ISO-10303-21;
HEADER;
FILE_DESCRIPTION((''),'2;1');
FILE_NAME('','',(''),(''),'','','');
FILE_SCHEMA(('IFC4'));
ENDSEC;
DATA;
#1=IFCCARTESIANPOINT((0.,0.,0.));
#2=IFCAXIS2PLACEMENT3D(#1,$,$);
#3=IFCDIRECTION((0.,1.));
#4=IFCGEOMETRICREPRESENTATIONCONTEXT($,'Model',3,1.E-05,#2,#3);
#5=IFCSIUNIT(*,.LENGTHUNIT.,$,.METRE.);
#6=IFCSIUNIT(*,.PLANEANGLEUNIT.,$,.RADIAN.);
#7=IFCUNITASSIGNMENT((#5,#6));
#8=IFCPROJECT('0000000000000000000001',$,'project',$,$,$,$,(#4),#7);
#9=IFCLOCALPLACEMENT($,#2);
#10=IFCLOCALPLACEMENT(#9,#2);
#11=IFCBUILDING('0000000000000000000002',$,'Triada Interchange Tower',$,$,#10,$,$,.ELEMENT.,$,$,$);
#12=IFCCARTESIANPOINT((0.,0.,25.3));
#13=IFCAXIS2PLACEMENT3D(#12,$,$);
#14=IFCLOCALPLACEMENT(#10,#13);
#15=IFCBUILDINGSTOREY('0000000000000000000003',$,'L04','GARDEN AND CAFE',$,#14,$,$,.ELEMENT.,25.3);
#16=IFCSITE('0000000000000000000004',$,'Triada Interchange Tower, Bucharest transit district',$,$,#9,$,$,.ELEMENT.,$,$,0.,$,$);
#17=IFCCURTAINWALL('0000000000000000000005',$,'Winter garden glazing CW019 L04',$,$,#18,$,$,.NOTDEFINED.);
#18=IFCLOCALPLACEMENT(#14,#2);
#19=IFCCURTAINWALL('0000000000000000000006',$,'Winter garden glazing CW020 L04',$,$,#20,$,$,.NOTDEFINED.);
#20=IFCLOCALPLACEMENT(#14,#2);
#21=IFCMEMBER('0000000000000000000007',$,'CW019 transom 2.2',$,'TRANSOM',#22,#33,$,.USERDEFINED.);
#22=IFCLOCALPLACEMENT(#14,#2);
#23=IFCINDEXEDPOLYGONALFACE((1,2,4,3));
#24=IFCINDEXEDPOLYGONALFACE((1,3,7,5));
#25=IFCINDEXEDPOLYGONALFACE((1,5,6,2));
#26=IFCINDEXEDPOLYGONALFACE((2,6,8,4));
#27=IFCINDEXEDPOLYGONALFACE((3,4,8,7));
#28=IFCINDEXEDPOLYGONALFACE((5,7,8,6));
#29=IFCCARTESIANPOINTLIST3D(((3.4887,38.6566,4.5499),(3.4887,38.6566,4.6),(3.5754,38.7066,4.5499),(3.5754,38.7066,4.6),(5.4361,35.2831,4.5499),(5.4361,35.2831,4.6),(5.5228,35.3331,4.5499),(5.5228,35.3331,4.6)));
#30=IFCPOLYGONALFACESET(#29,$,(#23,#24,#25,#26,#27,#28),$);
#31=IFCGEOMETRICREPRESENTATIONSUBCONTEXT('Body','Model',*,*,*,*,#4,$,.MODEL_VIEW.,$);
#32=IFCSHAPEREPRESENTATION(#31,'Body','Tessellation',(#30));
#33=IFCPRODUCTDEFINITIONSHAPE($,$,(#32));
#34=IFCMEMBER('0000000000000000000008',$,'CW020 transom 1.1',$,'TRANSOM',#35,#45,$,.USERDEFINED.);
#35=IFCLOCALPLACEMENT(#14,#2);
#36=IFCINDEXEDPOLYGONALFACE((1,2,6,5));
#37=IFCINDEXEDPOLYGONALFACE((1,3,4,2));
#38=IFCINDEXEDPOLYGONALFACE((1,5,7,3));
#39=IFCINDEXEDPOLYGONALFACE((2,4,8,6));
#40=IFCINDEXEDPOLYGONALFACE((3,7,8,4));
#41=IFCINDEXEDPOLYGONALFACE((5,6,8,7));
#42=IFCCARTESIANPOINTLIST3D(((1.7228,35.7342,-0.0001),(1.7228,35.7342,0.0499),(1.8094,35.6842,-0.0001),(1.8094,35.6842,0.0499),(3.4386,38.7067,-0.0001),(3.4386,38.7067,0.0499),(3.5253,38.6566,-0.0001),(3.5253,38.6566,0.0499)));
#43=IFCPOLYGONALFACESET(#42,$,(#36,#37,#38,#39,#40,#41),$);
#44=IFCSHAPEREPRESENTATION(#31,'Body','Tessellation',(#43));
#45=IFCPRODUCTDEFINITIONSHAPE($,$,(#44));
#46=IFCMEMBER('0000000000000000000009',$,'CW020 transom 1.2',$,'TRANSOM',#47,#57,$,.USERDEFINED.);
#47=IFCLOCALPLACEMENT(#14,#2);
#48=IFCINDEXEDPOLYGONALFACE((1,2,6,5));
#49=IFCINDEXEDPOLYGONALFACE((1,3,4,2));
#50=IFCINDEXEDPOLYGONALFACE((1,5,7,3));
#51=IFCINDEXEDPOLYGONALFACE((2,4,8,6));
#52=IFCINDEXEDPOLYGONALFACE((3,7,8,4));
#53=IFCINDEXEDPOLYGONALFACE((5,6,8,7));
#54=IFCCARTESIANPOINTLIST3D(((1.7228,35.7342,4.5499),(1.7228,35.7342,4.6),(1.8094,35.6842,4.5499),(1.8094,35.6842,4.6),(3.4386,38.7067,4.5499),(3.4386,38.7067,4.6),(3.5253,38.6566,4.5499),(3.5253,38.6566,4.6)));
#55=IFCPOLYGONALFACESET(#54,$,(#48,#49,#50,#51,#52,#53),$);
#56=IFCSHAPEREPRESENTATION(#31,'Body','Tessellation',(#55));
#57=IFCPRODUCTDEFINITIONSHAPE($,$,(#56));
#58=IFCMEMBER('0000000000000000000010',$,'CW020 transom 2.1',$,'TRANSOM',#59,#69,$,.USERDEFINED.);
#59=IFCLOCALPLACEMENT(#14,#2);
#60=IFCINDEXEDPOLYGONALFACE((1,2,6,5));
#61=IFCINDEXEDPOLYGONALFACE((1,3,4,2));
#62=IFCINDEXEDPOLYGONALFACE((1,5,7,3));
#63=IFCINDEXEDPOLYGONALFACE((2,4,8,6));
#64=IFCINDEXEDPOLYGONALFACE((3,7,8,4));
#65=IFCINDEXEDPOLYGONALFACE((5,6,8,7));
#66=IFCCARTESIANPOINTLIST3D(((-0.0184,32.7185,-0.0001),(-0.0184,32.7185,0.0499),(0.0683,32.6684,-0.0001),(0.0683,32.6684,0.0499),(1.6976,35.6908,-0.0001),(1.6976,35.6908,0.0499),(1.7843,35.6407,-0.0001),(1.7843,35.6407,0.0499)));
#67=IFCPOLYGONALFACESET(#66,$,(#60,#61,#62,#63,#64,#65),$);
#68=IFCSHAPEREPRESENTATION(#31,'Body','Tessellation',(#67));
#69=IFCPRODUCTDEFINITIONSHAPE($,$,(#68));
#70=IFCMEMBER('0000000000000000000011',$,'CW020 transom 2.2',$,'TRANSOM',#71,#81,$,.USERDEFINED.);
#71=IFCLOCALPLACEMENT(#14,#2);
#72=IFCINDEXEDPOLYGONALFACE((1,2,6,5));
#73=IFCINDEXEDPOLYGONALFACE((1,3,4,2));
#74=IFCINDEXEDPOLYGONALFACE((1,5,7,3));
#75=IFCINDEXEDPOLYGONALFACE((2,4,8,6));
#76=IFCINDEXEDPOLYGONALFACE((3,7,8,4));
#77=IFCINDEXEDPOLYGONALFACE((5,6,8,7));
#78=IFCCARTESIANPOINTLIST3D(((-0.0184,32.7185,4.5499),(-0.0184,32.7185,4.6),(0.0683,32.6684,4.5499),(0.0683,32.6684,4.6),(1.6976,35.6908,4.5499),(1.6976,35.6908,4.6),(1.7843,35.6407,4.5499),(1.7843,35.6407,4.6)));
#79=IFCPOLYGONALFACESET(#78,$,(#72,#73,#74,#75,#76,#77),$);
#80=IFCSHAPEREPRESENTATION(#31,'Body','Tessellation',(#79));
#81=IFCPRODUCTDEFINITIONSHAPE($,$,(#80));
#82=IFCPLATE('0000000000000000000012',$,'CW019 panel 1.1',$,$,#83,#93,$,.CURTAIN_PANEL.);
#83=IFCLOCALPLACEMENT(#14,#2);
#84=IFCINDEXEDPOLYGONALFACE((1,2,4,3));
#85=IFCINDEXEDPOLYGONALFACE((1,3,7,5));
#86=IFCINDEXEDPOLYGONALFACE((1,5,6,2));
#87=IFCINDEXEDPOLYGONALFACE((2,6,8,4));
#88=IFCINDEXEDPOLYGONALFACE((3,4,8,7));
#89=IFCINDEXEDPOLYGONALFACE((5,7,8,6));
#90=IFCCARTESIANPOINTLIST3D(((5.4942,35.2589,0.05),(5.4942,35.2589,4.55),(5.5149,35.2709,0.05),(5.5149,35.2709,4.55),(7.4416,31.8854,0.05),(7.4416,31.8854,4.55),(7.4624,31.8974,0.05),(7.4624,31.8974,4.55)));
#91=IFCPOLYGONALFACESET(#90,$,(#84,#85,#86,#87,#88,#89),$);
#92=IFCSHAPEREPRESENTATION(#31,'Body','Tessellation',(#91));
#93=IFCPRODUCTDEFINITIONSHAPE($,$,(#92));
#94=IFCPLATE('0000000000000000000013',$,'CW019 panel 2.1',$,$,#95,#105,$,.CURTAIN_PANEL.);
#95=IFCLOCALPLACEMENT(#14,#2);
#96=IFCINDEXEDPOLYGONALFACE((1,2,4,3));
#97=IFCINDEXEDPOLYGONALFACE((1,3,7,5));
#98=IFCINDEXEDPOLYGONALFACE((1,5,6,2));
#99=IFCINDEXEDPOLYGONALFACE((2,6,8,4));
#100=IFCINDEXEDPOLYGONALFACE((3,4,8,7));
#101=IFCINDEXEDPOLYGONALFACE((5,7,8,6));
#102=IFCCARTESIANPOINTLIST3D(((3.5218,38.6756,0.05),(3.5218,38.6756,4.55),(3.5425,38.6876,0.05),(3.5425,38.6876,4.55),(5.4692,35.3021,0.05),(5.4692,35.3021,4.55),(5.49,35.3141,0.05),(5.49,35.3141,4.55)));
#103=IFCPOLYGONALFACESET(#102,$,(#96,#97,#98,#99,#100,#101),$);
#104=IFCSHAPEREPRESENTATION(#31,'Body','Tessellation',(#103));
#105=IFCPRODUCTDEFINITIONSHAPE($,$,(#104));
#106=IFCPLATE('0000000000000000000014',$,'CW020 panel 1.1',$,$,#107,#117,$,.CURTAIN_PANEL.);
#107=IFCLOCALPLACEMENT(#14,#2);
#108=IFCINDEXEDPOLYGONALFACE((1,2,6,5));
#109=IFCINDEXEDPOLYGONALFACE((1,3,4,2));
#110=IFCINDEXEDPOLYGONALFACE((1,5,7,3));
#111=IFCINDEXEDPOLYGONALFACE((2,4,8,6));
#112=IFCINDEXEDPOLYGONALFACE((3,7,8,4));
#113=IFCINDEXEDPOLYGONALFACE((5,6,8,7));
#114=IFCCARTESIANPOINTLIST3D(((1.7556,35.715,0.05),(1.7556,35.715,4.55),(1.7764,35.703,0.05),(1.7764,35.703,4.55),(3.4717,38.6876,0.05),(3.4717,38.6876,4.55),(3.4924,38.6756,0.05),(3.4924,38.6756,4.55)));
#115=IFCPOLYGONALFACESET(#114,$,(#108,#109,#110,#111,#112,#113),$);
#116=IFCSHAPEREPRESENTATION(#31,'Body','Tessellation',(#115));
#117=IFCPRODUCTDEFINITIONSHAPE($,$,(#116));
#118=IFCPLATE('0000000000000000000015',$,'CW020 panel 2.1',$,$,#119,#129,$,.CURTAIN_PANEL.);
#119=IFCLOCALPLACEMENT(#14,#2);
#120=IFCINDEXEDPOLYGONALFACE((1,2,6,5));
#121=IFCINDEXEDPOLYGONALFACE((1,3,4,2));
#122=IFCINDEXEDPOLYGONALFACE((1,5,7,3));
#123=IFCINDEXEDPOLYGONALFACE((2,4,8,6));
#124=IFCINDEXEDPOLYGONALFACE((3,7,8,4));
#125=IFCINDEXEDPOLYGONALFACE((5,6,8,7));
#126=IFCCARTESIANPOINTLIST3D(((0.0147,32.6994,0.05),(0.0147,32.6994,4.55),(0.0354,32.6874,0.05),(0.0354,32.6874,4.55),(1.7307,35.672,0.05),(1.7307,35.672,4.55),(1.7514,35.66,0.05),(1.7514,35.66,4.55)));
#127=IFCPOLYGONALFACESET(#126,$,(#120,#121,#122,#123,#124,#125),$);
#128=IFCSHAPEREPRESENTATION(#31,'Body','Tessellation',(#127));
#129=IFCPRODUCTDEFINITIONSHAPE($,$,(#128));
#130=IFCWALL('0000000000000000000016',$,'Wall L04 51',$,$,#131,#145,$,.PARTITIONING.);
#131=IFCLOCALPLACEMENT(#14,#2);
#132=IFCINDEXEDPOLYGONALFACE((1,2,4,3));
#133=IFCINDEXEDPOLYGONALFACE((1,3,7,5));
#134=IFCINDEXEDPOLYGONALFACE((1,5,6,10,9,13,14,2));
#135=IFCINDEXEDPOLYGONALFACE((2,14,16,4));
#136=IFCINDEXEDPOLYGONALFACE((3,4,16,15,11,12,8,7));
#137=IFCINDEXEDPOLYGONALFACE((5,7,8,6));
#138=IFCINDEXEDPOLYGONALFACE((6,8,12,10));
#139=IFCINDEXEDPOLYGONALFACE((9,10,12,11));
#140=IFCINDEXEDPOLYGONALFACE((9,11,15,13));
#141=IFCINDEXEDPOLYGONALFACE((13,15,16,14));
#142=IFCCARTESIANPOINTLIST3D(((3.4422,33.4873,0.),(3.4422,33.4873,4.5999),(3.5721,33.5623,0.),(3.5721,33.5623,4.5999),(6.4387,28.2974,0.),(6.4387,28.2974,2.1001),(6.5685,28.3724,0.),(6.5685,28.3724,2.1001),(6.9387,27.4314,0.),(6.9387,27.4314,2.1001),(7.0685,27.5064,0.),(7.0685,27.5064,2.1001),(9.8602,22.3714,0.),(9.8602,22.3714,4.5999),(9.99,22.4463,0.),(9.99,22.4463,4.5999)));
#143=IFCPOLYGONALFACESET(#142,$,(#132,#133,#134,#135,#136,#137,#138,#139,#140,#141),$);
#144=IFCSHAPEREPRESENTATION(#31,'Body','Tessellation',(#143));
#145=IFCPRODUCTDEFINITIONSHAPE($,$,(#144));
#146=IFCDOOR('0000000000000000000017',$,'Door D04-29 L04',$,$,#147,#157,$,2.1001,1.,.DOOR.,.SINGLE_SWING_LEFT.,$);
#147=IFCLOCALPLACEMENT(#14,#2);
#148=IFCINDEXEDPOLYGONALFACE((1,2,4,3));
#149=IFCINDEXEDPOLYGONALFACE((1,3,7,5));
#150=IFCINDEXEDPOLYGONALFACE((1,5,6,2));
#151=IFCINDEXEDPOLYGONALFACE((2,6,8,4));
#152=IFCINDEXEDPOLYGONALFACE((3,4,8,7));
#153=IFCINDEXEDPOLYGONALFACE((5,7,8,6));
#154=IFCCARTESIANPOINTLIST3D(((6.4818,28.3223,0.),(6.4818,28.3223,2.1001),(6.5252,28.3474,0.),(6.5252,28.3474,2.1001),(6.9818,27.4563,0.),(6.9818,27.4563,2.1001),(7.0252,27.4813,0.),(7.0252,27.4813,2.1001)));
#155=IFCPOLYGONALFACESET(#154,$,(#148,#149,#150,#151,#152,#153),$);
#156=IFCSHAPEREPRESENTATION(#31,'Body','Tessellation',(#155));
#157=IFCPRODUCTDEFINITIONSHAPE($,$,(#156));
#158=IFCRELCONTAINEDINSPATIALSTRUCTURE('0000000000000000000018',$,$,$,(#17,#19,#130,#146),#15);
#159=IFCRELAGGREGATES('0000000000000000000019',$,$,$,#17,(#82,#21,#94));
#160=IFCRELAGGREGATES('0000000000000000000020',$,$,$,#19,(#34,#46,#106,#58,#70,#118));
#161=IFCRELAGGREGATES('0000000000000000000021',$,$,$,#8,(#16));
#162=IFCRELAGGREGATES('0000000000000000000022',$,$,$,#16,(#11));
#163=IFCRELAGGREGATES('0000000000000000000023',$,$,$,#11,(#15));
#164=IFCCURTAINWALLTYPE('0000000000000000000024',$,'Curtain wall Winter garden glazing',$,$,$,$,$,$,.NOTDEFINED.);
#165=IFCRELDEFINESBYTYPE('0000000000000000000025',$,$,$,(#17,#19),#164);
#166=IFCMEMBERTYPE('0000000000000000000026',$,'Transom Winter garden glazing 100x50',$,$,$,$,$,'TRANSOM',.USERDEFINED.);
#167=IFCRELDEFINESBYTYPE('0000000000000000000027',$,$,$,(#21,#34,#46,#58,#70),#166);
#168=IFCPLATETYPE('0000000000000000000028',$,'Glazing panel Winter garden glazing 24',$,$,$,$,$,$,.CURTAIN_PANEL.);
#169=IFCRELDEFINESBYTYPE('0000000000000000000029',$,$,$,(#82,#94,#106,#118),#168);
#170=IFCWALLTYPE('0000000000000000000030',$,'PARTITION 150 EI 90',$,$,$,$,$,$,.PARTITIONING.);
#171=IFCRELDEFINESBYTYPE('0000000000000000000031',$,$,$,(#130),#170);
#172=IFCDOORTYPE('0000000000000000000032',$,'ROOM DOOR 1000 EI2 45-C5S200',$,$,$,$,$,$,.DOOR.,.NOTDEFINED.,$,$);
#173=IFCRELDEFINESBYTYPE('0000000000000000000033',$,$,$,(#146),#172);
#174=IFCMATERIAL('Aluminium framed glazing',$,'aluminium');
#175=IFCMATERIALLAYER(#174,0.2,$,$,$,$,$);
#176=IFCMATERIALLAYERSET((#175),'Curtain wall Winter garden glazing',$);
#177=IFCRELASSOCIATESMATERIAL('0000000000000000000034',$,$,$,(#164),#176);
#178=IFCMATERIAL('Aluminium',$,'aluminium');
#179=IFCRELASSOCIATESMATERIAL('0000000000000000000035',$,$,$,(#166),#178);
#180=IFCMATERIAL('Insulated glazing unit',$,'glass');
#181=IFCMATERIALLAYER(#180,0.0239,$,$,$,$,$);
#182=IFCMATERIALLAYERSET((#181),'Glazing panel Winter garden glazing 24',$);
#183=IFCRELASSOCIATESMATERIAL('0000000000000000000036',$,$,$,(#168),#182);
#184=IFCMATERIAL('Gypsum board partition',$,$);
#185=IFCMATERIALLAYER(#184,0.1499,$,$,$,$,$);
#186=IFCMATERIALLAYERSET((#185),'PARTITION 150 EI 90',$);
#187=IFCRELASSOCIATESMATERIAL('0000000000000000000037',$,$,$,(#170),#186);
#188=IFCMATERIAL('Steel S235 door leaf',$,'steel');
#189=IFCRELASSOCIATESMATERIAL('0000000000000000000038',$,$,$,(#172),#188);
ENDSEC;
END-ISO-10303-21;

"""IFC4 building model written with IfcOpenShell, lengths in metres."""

from ifc_helpers import new_model, si_unit, direction, frame, frame_2d, origin, origin_2d, place, context, subcontext, project, spatial, rectangle, extrude, material, layer, layer_set, material_profile, profile_set, type_object, element, fill, aggregate, save


model = new_model("IFC4")

# Units and contexts
model_context = context("Model", 3, precision=1e-05, world=origin(), true_north=direction((0.0, 1.0)))
body_context = subcontext(model_context, "Body", "Model", "MODEL_VIEW")
ifc_project = project(units=[si_unit("LENGTHUNIT", "METRE"), si_unit("PLANEANGLEUNIT", "RADIAN")], contexts=[model_context])

# Site, building, storey
site_placement = place(None, origin())
site = spatial("IfcSite", under=ifc_project, at=site_placement, Name="Triada Interchange Tower, Bucharest transit district", CompositionType="ELEMENT", RefElevation=0.0)
building_placement = place(site_placement, origin())
building = spatial("IfcBuilding", under=site, at=building_placement, Name="Triada Interchange Tower", CompositionType="ELEMENT")
storey_placement = place(building_placement, frame((0.0, 0.0, 25.3)))
storey = spatial("IfcBuildingStorey", under=building, at=storey_placement, Name="L04", Description="GARDEN AND CAFE", CompositionType="ELEMENT", Elevation=25.3)

# Curtain walls
ifc_material_1 = material(Name="Aluminium framed glazing", Category="aluminium")
ifc_layer_1 = layer(ifc_material_1, 0.2)
ifc_layer_set_1 = layer_set([ifc_layer_1], Name="Curtain wall Winter garden glazing")
curtain_wall_type = type_object("IfcCurtainWallType", Name="Curtain wall Winter garden glazing", PredefinedType="NOTDEFINED", material=ifc_layer_set_1)
curtain_wall_1_placement = place(storey_placement, origin())
curtain_wall_1 = element("IfcCurtainWall", 1, at=curtain_wall_1_placement, inside=storey, type_object=curtain_wall_type, Name="Winter garden glazing CW019 L04", PredefinedType="NOTDEFINED")
ifc_material_2 = material(Name="Aluminium", Category="aluminium")
curtain_wall_2_placement = place(storey_placement, origin())
curtain_wall_2 = element("IfcCurtainWall", 2, at=curtain_wall_2_placement, inside=storey, type_object=curtain_wall_type, Name="Winter garden glazing CW020 L04", PredefinedType="NOTDEFINED")

# Members
ifc_material_profile_1 = material_profile(ifc_material_2, rectangle(XDim=0.1001, YDim=0.05, at=origin_2d()), Name="Aluminium transom")
ifc_profile_set_1 = profile_set([ifc_material_profile_1], Name="Aluminium")
member_type_1 = type_object("IfcMemberType", Name="Transom Winter garden glazing 100x50", ElementType="TRANSOM", PredefinedType="USERDEFINED", material=ifc_profile_set_1)
member_1_placement = place(storey_placement, frame((5.4795, 35.3081, 4.575), z_axis=(-0.499961, 0.866048, 0.0), x_axis=(-0.866048, -0.499961, 0.0)))
member_1 = element("IfcMember", 3, at=member_1_placement, type_object=member_type_1, Name="CW019 transom 2.2", ObjectType="TRANSOM", PredefinedType="USERDEFINED", context=body_context, shape_type="SweptSolid", body=[
    extrude(rectangle(XDim=0.1001, YDim=0.05, at=origin_2d()), origin(), (0.0, 0.0, 1.0), 3.8953),
])
member_2_placement = place(storey_placement, frame((3.4819, 38.6816, 0.0249), z_axis=(-0.499934, -0.866064, 0.0), x_axis=(0.866064, -0.499934, 0.0)))
member_2 = element("IfcMember", 4, at=member_2_placement, type_object=member_type_1, Name="CW020 transom 1.1", ObjectType="TRANSOM", PredefinedType="USERDEFINED", context=body_context, shape_type="SweptSolid", body=[
    extrude(rectangle(XDim=0.1001, YDim=0.05, at=origin_2d()), origin(), (0.0, 0.0, 1.0), 3.4321),
])
member_3_placement = place(storey_placement, frame((3.4819, 38.6816, 4.575), z_axis=(-0.499934, -0.866064, 0.0), x_axis=(0.866064, -0.499934, 0.0)))
member_3 = element("IfcMember", 5, at=member_3_placement, type_object=member_type_1, Name="CW020 transom 1.2", ObjectType="TRANSOM", PredefinedType="USERDEFINED", context=body_context, shape_type="SweptSolid", body=[
    extrude(rectangle(XDim=0.1001, YDim=0.05, at=origin_2d()), origin(), (0.0, 0.0, 1.0), 3.4321),
])
member_4_placement = place(storey_placement, frame((1.741, 35.6658, 0.0249), z_axis=(-0.499987, -0.866033, 0.0), x_axis=(0.866033, -0.499987, 0.0)))
member_4 = element("IfcMember", 6, at=member_4_placement, type_object=member_type_1, Name="CW020 transom 2.1", ObjectType="TRANSOM", PredefinedType="USERDEFINED", context=body_context, shape_type="SweptSolid", body=[
    extrude(rectangle(XDim=0.1001, YDim=0.05, at=origin_2d()), origin(), (0.0, 0.0, 1.0), 3.4321),
])
member_5_placement = place(storey_placement, frame((1.741, 35.6658, 4.575), z_axis=(-0.499987, -0.866033, 0.0), x_axis=(0.866033, -0.499987, 0.0)))
member_5 = element("IfcMember", 7, at=member_5_placement, type_object=member_type_1, Name="CW020 transom 2.2", ObjectType="TRANSOM", PredefinedType="USERDEFINED", context=body_context, shape_type="SweptSolid", body=[
    extrude(rectangle(XDim=0.1001, YDim=0.05, at=origin_2d()), origin(), (0.0, 0.0, 1.0), 3.4321),
])

# Plates
ifc_material_3 = material(Name="Insulated glazing unit", Category="glass")
ifc_layer_2 = layer(ifc_material_3, 0.0239)
ifc_layer_set_2 = layer_set([ifc_layer_2], Name="Glazing panel Winter garden glazing 24")
plate_type = type_object("IfcPlateType", Name="Glazing panel Winter garden glazing 24", PredefinedType="CURTAIN_PANEL", material=ifc_layer_set_2)
plate_1_placement = place(storey_placement, frame((6.4783, 33.5781, 0.05), z_axis=(0.0, 0.0, 1.0), x_axis=(-0.499959, 0.866049, 0.0)))
plate_1 = element("IfcPlate", 8, at=plate_1_placement, type_object=plate_type, Name="CW019 panel 1.1", PredefinedType="CURTAIN_PANEL", context=body_context, shape_type="SweptSolid", body=[
    extrude(rectangle(XDim=3.8953, YDim=0.0239, at=origin_2d()), origin(), (0.0, 0.0, 1.0), 4.5),
])
plate_2_placement = place(storey_placement, frame((4.5059, 36.9949, 0.05), z_axis=(0.0, 0.0, 1.0), x_axis=(-0.499959, 0.866049, 0.0)))
plate_2 = element("IfcPlate", 9, at=plate_2_placement, type_object=plate_type, Name="CW019 panel 2.1", PredefinedType="CURTAIN_PANEL", context=body_context, shape_type="SweptSolid", body=[
    extrude(rectangle(XDim=3.8953, YDim=0.0239, at=origin_2d()), origin(), (0.0, 0.0, 1.0), 4.5),
])
aggregate(curtain_wall_1, [plate_1, member_1, plate_2])
plate_3_placement = place(storey_placement, frame((2.624, 37.1953, 0.05), z_axis=(0.0, 0.0, 1.0), x_axis=(-0.499957, -0.86605, 0.0)))
plate_3 = element("IfcPlate", 10, at=plate_3_placement, type_object=plate_type, Name="CW020 panel 1.1", PredefinedType="CURTAIN_PANEL", context=body_context, shape_type="SweptSolid", body=[
    extrude(rectangle(XDim=3.4324, YDim=0.0239, at=origin_2d()), origin(), (0.0, 0.0, 1.0), 4.5),
])
plate_4_placement = place(storey_placement, frame((0.8831, 34.1797, 0.05), z_axis=(0.0, 0.0, 1.0), x_axis=(-0.499957, -0.86605, 0.0)))
plate_4 = element("IfcPlate", 11, at=plate_4_placement, type_object=plate_type, Name="CW020 panel 2.1", PredefinedType="CURTAIN_PANEL", context=body_context, shape_type="SweptSolid", body=[
    extrude(rectangle(XDim=3.4324, YDim=0.0239, at=origin_2d()), origin(), (0.0, 0.0, 1.0), 4.5),
])
aggregate(curtain_wall_2, [member_2, member_3, plate_3, member_4, member_5, plate_4])

# Wall, opening, door
ifc_material_4 = material(Name="Gypsum board partition")
ifc_layer_3 = layer(ifc_material_4, 0.1499)
ifc_layer_set_3 = layer_set([ifc_layer_3], Name="PARTITION 150 EI 90")
wall_type = type_object("IfcWallType", Name="PARTITION 150 EI 90", PredefinedType="PARTITIONING", material=ifc_layer_set_3)
wall_placement = place(storey_placement, frame((3.5071, 33.5249, 0.0), z_axis=(0.0, 0.0, 1.0), x_axis=(0.500009, -0.86602, 0.0)))
wall = element("IfcWall", 12, at=wall_placement, inside=storey, type_object=wall_type, Name="Wall L04 51", PredefinedType="PARTITIONING", context=body_context, shape_type="SweptSolid", body=[
    extrude(rectangle(XDim=12.8357, YDim=0.1499, at=frame_2d((6.418, 0.0))), origin(), (0.0, 0.0, 1.0), 4.5999),
])
opening_placement = place(wall_placement, frame((5.9929, 0.0, 0.0)))
opening = element("IfcOpeningElement", 13, at=opening_placement, cuts=wall, PredefinedType="OPENING", context=body_context, shape_type="SweptSolid", body=[
    extrude(rectangle(XDim=1.0, YDim=2.1001, at=frame_2d((0.5, 1.05))), frame((0.0, 0.085, 0.0), z_axis=(0.0, -1.0, 0.0), x_axis=(1.0, 0.0, 0.0)), (0.0, 0.0, 1.0), 0.1699),
])
ifc_material_5 = material(Name="Steel S235 door leaf", Category="steel")
door_type = type_object("IfcDoorType", Name="ROOM DOOR 1000 EI2 45-C5S200", OperationType="NOTDEFINED", PredefinedType="DOOR", material=ifc_material_5)
door_placement = place(opening_placement, origin())
door = element("IfcDoor", 14, at=door_placement, inside=storey, type_object=door_type, Name="Door D04-29 L04", OperationType="SINGLE_SWING_LEFT", OverallHeight=2.1001, OverallWidth=1.0, PredefinedType="DOOR", context=body_context, shape_type="SweptSolid", body=[
    extrude(rectangle(XDim=1.0, YDim=2.1001, at=frame_2d((0.5, 1.05))), frame((0.0, 0.0249, 0.0), z_axis=(0.0, -1.0, 0.0), x_axis=(1.0, 0.0, 0.0)), (0.0, 0.0, 1.0), 0.05),
])
fill(opening, door)

save(model, "model.ifc")
